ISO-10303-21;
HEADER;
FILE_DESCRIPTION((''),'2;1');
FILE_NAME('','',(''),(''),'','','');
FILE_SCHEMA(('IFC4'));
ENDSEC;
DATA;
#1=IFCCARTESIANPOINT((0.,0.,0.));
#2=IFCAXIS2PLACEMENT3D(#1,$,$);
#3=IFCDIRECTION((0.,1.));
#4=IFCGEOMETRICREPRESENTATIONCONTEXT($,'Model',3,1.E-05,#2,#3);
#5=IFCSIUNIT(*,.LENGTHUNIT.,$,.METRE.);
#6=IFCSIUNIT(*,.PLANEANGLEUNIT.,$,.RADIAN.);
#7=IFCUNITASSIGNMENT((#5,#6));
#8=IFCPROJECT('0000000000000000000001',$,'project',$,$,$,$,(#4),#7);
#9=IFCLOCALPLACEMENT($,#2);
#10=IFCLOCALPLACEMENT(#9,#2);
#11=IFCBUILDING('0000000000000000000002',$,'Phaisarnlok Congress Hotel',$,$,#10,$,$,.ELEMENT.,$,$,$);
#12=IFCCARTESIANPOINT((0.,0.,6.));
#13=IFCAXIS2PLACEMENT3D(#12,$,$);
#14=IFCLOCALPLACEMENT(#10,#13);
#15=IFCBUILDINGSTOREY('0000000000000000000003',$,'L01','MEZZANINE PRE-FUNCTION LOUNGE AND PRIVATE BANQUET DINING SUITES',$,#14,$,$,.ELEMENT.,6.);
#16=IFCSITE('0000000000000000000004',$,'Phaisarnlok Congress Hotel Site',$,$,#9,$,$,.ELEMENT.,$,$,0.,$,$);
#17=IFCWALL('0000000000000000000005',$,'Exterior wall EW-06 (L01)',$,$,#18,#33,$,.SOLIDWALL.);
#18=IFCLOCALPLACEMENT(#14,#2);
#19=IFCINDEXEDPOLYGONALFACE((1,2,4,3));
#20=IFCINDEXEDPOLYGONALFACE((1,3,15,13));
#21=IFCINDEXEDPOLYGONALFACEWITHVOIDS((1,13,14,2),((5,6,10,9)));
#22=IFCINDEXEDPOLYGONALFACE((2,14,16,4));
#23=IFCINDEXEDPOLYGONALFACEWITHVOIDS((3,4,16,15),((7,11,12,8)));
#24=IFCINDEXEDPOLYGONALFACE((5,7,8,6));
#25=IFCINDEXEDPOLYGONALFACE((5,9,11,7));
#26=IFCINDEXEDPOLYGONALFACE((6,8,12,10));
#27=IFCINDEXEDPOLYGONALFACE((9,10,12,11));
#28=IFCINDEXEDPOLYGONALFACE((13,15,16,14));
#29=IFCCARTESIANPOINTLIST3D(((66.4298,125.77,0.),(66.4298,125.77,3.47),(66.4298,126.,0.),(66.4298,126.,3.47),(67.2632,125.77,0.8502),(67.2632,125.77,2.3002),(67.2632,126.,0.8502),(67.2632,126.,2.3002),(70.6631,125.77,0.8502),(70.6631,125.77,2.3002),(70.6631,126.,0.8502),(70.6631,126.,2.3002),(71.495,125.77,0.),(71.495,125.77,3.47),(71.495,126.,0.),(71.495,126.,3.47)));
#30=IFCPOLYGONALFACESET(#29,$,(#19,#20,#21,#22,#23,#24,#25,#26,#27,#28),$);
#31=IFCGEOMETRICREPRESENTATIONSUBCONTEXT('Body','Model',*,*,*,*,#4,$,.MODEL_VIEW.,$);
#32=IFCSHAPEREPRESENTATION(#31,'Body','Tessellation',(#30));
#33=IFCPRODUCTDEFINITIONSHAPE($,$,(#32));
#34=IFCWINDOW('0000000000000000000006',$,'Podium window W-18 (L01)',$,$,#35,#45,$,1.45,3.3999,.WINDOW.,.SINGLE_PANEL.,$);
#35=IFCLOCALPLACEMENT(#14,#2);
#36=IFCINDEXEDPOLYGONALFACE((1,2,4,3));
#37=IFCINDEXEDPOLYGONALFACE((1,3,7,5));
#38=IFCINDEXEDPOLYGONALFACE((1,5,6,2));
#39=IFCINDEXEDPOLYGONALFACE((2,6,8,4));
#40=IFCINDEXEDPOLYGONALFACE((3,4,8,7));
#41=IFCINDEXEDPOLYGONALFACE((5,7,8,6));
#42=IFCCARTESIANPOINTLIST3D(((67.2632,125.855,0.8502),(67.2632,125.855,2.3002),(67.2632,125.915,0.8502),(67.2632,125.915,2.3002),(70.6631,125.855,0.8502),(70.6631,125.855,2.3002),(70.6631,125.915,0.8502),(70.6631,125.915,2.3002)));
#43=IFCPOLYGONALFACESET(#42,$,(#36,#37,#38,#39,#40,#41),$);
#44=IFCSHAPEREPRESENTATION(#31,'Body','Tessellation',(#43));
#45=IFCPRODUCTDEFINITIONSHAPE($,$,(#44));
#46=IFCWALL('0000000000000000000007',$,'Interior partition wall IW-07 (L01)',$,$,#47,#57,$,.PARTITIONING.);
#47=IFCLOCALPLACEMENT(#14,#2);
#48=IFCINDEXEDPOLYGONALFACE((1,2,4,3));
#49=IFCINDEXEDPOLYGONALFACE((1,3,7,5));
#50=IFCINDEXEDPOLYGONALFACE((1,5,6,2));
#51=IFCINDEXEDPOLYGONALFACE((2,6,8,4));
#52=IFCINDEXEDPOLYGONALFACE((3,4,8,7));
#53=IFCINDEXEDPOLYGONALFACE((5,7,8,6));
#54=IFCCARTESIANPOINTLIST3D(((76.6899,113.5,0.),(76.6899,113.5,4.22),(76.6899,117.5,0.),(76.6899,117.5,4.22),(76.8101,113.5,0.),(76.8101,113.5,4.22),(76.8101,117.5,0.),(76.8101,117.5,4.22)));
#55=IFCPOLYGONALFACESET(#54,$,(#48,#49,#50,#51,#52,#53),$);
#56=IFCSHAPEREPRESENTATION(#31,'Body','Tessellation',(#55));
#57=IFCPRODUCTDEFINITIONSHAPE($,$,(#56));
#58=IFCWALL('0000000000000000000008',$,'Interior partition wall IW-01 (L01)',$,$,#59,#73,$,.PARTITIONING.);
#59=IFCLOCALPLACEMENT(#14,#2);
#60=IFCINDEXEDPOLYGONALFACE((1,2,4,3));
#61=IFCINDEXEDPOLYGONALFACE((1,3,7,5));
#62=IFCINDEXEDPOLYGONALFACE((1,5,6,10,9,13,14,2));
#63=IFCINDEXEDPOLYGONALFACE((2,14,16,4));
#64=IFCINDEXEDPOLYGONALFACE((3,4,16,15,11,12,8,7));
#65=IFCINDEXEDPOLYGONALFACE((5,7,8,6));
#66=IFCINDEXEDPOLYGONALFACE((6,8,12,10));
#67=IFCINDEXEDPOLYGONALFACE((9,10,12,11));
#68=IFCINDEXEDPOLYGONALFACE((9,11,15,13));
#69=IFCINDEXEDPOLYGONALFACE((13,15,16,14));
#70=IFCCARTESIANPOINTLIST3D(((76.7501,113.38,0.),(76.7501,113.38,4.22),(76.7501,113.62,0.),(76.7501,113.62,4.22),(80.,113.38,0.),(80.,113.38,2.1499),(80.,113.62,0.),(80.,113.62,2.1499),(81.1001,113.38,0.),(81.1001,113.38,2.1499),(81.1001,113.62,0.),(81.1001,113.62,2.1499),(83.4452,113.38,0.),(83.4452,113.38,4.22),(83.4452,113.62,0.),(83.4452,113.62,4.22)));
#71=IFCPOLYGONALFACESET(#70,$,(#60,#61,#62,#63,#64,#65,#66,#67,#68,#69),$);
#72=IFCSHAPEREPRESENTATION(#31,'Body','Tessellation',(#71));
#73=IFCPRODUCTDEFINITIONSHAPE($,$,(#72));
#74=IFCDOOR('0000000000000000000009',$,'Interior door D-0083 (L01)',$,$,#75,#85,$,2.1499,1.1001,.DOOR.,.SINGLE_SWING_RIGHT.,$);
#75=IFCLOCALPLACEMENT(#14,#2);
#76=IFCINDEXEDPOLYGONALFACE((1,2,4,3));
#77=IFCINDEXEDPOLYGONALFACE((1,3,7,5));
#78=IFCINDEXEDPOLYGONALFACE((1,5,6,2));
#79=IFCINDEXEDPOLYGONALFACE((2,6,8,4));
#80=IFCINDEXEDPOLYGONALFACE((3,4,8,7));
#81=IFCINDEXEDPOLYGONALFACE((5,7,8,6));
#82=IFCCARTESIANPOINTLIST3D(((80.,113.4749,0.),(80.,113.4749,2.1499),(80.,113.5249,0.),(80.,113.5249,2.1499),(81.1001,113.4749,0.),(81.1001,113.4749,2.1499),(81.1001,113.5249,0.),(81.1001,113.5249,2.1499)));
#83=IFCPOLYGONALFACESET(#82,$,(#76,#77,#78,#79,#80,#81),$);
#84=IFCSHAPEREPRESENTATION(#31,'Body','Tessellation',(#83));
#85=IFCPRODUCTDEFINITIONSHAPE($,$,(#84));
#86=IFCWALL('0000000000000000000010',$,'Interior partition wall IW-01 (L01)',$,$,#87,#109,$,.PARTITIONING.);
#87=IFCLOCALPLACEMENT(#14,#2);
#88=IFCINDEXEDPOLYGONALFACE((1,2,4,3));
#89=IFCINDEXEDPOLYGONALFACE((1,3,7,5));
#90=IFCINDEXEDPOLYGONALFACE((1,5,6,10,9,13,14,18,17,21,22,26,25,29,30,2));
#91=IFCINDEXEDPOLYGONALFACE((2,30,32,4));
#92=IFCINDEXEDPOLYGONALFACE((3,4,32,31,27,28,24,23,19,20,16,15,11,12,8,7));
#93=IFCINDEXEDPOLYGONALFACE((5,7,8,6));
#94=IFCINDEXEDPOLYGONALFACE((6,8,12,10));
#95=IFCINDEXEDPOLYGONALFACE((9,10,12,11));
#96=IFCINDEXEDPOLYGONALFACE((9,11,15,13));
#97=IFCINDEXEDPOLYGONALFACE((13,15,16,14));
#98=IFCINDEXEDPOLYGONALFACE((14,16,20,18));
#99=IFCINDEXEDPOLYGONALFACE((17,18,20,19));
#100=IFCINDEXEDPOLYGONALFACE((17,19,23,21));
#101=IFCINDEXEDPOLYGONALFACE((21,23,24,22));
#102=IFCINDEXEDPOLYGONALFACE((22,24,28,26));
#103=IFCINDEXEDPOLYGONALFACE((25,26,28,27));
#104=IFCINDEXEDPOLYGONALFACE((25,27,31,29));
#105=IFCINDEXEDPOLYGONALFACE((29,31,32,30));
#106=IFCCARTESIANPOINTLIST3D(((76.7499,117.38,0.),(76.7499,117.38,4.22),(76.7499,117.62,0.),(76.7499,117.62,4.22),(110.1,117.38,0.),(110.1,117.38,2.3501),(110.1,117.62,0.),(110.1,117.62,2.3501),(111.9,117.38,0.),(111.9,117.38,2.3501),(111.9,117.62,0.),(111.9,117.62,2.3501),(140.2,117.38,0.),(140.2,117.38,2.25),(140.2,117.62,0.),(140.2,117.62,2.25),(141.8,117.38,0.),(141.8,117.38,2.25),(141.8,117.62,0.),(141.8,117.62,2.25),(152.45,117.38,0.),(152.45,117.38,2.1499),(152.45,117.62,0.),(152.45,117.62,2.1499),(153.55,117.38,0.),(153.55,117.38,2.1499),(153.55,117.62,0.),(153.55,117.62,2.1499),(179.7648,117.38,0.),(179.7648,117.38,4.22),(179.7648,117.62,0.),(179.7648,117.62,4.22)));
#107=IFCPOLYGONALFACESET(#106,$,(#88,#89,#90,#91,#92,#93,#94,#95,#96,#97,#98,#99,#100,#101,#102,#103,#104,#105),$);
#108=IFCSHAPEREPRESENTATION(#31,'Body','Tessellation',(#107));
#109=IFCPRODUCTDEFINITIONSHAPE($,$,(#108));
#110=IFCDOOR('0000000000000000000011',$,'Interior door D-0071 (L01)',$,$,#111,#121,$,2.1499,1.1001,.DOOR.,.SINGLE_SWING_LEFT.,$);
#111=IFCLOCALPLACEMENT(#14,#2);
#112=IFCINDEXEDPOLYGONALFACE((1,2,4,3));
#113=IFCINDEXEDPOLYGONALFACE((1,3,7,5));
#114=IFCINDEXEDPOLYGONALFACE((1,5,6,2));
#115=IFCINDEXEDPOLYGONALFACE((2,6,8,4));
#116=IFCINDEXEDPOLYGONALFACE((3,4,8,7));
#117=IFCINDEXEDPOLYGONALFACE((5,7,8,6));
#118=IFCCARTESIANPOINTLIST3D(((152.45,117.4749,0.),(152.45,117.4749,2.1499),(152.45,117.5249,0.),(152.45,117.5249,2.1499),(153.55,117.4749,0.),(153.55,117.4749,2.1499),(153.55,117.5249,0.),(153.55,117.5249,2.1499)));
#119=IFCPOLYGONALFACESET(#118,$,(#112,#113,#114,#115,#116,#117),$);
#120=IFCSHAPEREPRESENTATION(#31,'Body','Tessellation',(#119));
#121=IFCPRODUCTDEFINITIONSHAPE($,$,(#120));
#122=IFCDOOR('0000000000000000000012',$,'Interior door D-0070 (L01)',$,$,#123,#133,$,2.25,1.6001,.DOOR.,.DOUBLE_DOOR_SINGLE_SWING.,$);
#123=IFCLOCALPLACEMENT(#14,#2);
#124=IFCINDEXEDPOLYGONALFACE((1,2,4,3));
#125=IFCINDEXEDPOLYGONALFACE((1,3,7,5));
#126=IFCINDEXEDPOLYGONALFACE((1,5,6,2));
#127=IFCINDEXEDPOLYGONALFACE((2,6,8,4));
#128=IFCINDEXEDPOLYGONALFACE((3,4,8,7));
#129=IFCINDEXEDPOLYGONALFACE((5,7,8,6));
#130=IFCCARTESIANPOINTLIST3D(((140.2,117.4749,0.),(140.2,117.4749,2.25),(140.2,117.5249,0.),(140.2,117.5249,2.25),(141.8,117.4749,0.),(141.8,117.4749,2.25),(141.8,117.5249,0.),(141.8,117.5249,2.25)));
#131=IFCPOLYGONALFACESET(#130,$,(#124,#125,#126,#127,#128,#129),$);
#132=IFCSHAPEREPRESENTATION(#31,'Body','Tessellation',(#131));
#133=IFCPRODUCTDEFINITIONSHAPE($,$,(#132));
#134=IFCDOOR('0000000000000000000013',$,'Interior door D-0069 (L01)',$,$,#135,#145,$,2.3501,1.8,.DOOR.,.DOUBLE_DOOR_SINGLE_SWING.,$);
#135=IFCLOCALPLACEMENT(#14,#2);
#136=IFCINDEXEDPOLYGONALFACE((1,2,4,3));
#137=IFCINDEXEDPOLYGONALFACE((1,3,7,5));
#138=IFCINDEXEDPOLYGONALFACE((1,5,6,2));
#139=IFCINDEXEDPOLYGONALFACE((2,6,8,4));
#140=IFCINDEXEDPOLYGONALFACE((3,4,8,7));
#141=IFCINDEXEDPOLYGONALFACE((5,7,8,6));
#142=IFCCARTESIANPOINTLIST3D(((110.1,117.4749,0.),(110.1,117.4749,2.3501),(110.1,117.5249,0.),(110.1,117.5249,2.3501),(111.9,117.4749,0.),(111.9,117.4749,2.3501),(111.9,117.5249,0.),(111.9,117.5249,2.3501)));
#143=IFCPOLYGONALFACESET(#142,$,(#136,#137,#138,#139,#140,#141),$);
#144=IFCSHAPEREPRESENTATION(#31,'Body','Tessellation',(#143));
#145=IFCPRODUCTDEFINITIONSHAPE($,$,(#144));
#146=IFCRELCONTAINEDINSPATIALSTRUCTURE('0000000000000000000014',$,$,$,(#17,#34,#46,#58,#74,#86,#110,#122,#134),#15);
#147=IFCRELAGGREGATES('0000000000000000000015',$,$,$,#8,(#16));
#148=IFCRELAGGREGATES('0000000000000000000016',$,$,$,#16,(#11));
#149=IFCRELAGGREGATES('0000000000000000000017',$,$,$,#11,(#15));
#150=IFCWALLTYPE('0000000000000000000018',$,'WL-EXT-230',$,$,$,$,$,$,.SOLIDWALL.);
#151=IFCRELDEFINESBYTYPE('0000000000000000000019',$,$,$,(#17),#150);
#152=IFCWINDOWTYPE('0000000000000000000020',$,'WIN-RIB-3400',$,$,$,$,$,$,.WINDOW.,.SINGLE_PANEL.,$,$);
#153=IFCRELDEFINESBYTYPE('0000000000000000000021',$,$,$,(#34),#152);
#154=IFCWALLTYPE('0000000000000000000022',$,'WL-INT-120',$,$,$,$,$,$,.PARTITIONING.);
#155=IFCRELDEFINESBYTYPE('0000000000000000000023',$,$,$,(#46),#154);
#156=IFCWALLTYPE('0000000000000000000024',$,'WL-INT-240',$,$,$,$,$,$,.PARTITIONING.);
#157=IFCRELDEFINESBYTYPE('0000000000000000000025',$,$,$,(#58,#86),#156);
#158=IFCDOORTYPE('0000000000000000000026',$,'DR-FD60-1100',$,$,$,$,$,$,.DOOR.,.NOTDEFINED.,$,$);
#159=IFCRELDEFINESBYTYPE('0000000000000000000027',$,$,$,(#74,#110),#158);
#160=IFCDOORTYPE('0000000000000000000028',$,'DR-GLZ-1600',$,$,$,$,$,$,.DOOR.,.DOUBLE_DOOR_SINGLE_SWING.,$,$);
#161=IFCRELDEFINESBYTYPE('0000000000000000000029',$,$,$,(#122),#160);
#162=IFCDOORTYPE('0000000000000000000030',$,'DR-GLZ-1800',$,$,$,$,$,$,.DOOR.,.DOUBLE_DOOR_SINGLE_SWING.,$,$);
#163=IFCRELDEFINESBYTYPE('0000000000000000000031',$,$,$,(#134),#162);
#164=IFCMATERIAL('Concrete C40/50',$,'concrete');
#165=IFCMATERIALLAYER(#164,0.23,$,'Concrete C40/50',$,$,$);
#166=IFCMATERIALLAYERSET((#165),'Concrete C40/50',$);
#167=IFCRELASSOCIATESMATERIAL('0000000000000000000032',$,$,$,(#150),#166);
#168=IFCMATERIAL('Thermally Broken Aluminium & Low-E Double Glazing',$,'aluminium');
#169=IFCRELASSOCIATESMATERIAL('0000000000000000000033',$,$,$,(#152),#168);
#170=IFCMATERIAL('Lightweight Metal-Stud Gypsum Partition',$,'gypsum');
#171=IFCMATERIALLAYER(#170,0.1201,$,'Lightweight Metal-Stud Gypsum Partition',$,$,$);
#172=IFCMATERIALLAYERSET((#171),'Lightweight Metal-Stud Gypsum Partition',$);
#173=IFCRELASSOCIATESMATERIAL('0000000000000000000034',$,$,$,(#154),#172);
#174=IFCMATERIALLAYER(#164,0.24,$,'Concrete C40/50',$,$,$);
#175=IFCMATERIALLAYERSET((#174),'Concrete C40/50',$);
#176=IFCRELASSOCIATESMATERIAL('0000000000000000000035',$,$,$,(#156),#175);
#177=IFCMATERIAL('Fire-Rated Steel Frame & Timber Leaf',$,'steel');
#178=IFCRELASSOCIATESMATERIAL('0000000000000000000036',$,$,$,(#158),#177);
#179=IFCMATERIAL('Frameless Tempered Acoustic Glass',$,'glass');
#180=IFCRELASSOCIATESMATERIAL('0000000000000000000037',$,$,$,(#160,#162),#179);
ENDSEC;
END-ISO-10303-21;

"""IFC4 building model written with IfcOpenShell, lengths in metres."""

from ifc_helpers import new_model, si_unit, direction, frame, frame_2d, origin, place, context, subcontext, project, spatial, rectangle, extrude, material, layer, layer_set, type_object, element, fill, save


model = new_model("IFC4")

# Units and contexts
model_context = context("Model", 3, precision=1e-05, world=origin(), true_north=direction((0.0, 1.0)))
body_context = subcontext(model_context, "Body", "Model", "MODEL_VIEW")
ifc_project = project(units=[si_unit("LENGTHUNIT", "METRE"), si_unit("PLANEANGLEUNIT", "RADIAN")], contexts=[model_context])

# Site, building, storey
site_placement = place(None, origin())
site = spatial("IfcSite", under=ifc_project, at=site_placement, Name="Phaisarnlok Congress Hotel Site", CompositionType="ELEMENT", RefElevation=0.0)
building_placement = place(site_placement, origin())
building = spatial("IfcBuilding", under=site, at=building_placement, Name="Phaisarnlok Congress Hotel", CompositionType="ELEMENT")
storey_placement = place(building_placement, frame((0.0, 0.0, 6.0)))
storey = spatial("IfcBuildingStorey", under=building, at=storey_placement, Name="L01", Description="MEZZANINE PRE-FUNCTION LOUNGE AND PRIVATE BANQUET DINING SUITES", CompositionType="ELEMENT", Elevation=6.0)

# Shared definitions
ifc_material_1 = material(Name="Concrete C40/50", Category="concrete")

# Wall, opening, window
ifc_layer_1 = layer(ifc_material_1, 0.23, Name="Concrete C40/50")
ifc_layer_set_1 = layer_set([ifc_layer_1], Name="Concrete C40/50")
wall_type_1 = type_object("IfcWallType", Name="WL-EXT-230", PredefinedType="SOLIDWALL", material=ifc_layer_set_1)
wall_1_placement = place(storey_placement, frame((71.4951, 125.885, 0.0), z_axis=(0.0, 0.0, 1.0), x_axis=(-1.0, 0.0, 0.0)))
wall_1 = element("IfcWall", 1, at=wall_1_placement, inside=storey, type_object=wall_type_1, Name="Exterior wall EW-06 (L01)", PredefinedType="SOLIDWALL", context=body_context, shape_type="SweptSolid", body=[
    extrude(rectangle(XDim=5.0652, YDim=0.23, at=frame_2d((2.5327, 0.0))), origin(), (0.0, 0.0, 1.0), 3.47),
])
opening_1_placement = place(wall_1_placement, frame((0.832, 0.0, 0.8501)))
opening_1 = element("IfcOpeningElement", 2, at=opening_1_placement, cuts=wall_1, PredefinedType="OPENING", context=body_context, shape_type="SweptSolid", body=[
    extrude(rectangle(XDim=3.3999, YDim=1.45, at=frame_2d((1.7, 0.7251))), frame((0.0, 0.125, 0.0), z_axis=(0.0, -1.0, 0.0), x_axis=(1.0, 0.0, 0.0)), (0.0, 0.0, 1.0), 0.25),
])
ifc_material_2 = material(Name="Thermally Broken Aluminium & Low-E Double Glazing", Category="aluminium")
window_type = type_object("IfcWindowType", Name="WIN-RIB-3400", PartitioningType="SINGLE_PANEL", PredefinedType="WINDOW", material=ifc_material_2)
window_placement = place(opening_1_placement, origin())
window = element("IfcWindow", 3, at=window_placement, inside=storey, type_object=window_type, Name="Podium window W-18 (L01)", OverallHeight=1.45, OverallWidth=3.3999, PartitioningType="SINGLE_PANEL", PredefinedType="WINDOW", context=body_context, shape_type="SweptSolid", body=[
    extrude(rectangle(XDim=3.3999, YDim=1.45, at=frame_2d((1.7, 0.7251))), frame((0.0, 0.03, 0.0), z_axis=(0.0, -1.0, 0.0), x_axis=(1.0, 0.0, 0.0)), (0.0, 0.0, 1.0), 0.0601),
])
fill(opening_1, window)

# Wall
ifc_material_3 = material(Name="Lightweight Metal-Stud Gypsum Partition", Category="gypsum")
ifc_layer_2 = layer(ifc_material_3, 0.1201, Name="Lightweight Metal-Stud Gypsum Partition")
ifc_layer_set_2 = layer_set([ifc_layer_2], Name="Lightweight Metal-Stud Gypsum Partition")
wall_type_2 = type_object("IfcWallType", Name="WL-INT-120", PredefinedType="PARTITIONING", material=ifc_layer_set_2)
wall_2_placement = place(storey_placement, frame((76.75, 113.5, 0.0), z_axis=(0.0, 0.0, 1.0), x_axis=(0.0, 1.0, 0.0)))
element("IfcWall", 4, at=wall_2_placement, inside=storey, type_object=wall_type_2, Name="Interior partition wall IW-07 (L01)", PredefinedType="PARTITIONING", context=body_context, shape_type="SweptSolid", body=[
    extrude(rectangle(XDim=4.0, YDim=0.1201, at=frame_2d((2.0, 0.0))), origin(), (0.0, 0.0, 1.0), 4.22),
])

# Wall, opening, door
ifc_layer_3 = layer(ifc_material_1, 0.24, Name="Concrete C40/50")
ifc_layer_set_3 = layer_set([ifc_layer_3], Name="Concrete C40/50")
wall_type_3 = type_object("IfcWallType", Name="WL-INT-240", PredefinedType="PARTITIONING", material=ifc_layer_set_3)
wall_3_placement = place(storey_placement, frame((76.75, 113.5, 0.0), z_axis=(0.0, 0.0, 1.0), x_axis=(1.0, 0.0, 0.0)))
wall_3 = element("IfcWall", 5, at=wall_3_placement, inside=storey, type_object=wall_type_3, Name="Interior partition wall IW-01 (L01)", PredefinedType="PARTITIONING", context=body_context, shape_type="SweptSolid", body=[
    extrude(rectangle(XDim=6.6951, YDim=0.24, at=frame_2d((3.3477, 0.0))), origin(), (0.0, 0.0, 1.0), 4.22),
])
opening_2_placement = place(wall_3_placement, frame((3.25, 0.0, 0.0)))
opening_2 = element("IfcOpeningElement", 6, at=opening_2_placement, cuts=wall_3, PredefinedType="OPENING", context=body_context, shape_type="SweptSolid", body=[
    extrude(rectangle(XDim=1.1001, YDim=2.1499, at=frame_2d((0.55, 1.075))), frame((0.0, 0.1299, 0.0), z_axis=(0.0, -1.0, 0.0), x_axis=(1.0, 0.0, 0.0)), (0.0, 0.0, 1.0), 0.26),
])
ifc_material_4 = material(Name="Fire-Rated Steel Frame & Timber Leaf", Category="steel")
door_type_1 = type_object("IfcDoorType", Name="DR-FD60-1100", OperationType="NOTDEFINED", PredefinedType="DOOR", material=ifc_material_4)
door_1_placement = place(opening_2_placement, origin())
door_1 = element("IfcDoor", 7, at=door_1_placement, inside=storey, type_object=door_type_1, Name="Interior door D-0083 (L01)", OperationType="SINGLE_SWING_RIGHT", OverallHeight=2.1499, OverallWidth=1.1001, PredefinedType="DOOR", context=body_context, shape_type="SweptSolid", body=[
    extrude(rectangle(XDim=1.1001, YDim=2.1499, at=frame_2d((0.55, 1.075))), frame((0.0, 0.0249, 0.0), z_axis=(0.0, -1.0, 0.0), x_axis=(1.0, 0.0, 0.0)), (0.0, 0.0, 1.0), 0.05),
])
fill(opening_2, door_1)

# Wall, openings, doors
wall_4_placement = place(storey_placement, frame((76.75, 117.5, 0.0), z_axis=(0.0, 0.0, 1.0), x_axis=(1.0, 0.0, 0.0)))
wall_4 = element("IfcWall", 8, at=wall_4_placement, inside=storey, type_object=wall_type_3, Name="Interior partition wall IW-01 (L01)", PredefinedType="PARTITIONING", context=body_context, shape_type="SweptSolid", body=[
    extrude(rectangle(XDim=103.0149, YDim=0.24, at=frame_2d((51.5073, 0.0))), origin(), (0.0, 0.0, 1.0), 4.22),
])
opening_3_placement = place(wall_4_placement, frame((33.3501, 0.0, 0.0)))
opening_3 = element("IfcOpeningElement", 9, at=opening_3_placement, cuts=wall_4, PredefinedType="OPENING", context=body_context, shape_type="SweptSolid", body=[
    extrude(rectangle(XDim=1.8, YDim=2.3501, at=frame_2d((0.8999, 1.175))), frame((0.0, 0.1299, 0.0), z_axis=(0.0, -1.0, 0.0), x_axis=(1.0, 0.0, 0.0)), (0.0, 0.0, 1.0), 0.26),
])
opening_4_placement = place(wall_4_placement, frame((63.45, 0.0, 0.0)))
opening_4 = element("IfcOpeningElement", 10, at=opening_4_placement, cuts=wall_4, PredefinedType="OPENING", context=body_context, shape_type="SweptSolid", body=[
    extrude(rectangle(XDim=1.6001, YDim=2.25, at=frame_2d((0.8, 1.125))), frame((0.0, 0.1299, 0.0), z_axis=(0.0, -1.0, 0.0), x_axis=(1.0, 0.0, 0.0)), (0.0, 0.0, 1.0), 0.26),
])
opening_5_placement = place(wall_4_placement, frame((75.7, 0.0, 0.0)))
opening_5 = element("IfcOpeningElement", 11, at=opening_5_placement, cuts=wall_4, PredefinedType="OPENING", context=body_context, shape_type="SweptSolid", body=[
    extrude(rectangle(XDim=1.1001, YDim=2.1499, at=frame_2d((0.55, 1.075))), frame((0.0, 0.1299, 0.0), z_axis=(0.0, -1.0, 0.0), x_axis=(1.0, 0.0, 0.0)), (0.0, 0.0, 1.0), 0.26),
])
door_2_placement = place(opening_5_placement, origin())
door_2 = element("IfcDoor", 12, at=door_2_placement, inside=storey, type_object=door_type_1, Name="Interior door D-0071 (L01)", OperationType="SINGLE_SWING_LEFT", OverallHeight=2.1499, OverallWidth=1.1001, PredefinedType="DOOR", context=body_context, shape_type="SweptSolid", body=[
    extrude(rectangle(XDim=1.1001, YDim=2.1499, at=frame_2d((0.55, 1.075))), frame((0.0, 0.0249, 0.0), z_axis=(0.0, -1.0, 0.0), x_axis=(1.0, 0.0, 0.0)), (0.0, 0.0, 1.0), 0.05),
])
fill(opening_5, door_2)
ifc_material_5 = material(Name="Frameless Tempered Acoustic Glass", Category="glass")
door_type_2 = type_object("IfcDoorType", Name="DR-GLZ-1600", OperationType="DOUBLE_DOOR_SINGLE_SWING", PredefinedType="DOOR", material=ifc_material_5)
door_3_placement = place(opening_4_placement, origin())
door_3 = element("IfcDoor", 13, at=door_3_placement, inside=storey, type_object=door_type_2, Name="Interior door D-0070 (L01)", OperationType="DOUBLE_DOOR_SINGLE_SWING", OverallHeight=2.25, OverallWidth=1.6001, PredefinedType="DOOR", context=body_context, shape_type="SweptSolid", body=[
    extrude(rectangle(XDim=1.6001, YDim=2.25, at=frame_2d((0.8, 1.125))), frame((0.0, 0.0249, 0.0), z_axis=(0.0, -1.0, 0.0), x_axis=(1.0, 0.0, 0.0)), (0.0, 0.0, 1.0), 0.05),
])
fill(opening_4, door_3)
door_type_3 = type_object("IfcDoorType", Name="DR-GLZ-1800", OperationType="DOUBLE_DOOR_SINGLE_SWING", PredefinedType="DOOR", material=ifc_material_5)
door_4_placement = place(opening_3_placement, origin())
door_4 = element("IfcDoor", 14, at=door_4_placement, inside=storey, type_object=door_type_3, Name="Interior door D-0069 (L01)", OperationType="DOUBLE_DOOR_SINGLE_SWING", OverallHeight=2.3501, OverallWidth=1.8, PredefinedType="DOOR", context=body_context, shape_type="SweptSolid", body=[
    extrude(rectangle(XDim=1.8, YDim=2.3501, at=frame_2d((0.8999, 1.175))), frame((0.0, 0.0249, 0.0), z_axis=(0.0, -1.0, 0.0), x_axis=(1.0, 0.0, 0.0)), (0.0, 0.0, 1.0), 0.05),
])
fill(opening_3, door_4)

save(model, "model.ifc")
